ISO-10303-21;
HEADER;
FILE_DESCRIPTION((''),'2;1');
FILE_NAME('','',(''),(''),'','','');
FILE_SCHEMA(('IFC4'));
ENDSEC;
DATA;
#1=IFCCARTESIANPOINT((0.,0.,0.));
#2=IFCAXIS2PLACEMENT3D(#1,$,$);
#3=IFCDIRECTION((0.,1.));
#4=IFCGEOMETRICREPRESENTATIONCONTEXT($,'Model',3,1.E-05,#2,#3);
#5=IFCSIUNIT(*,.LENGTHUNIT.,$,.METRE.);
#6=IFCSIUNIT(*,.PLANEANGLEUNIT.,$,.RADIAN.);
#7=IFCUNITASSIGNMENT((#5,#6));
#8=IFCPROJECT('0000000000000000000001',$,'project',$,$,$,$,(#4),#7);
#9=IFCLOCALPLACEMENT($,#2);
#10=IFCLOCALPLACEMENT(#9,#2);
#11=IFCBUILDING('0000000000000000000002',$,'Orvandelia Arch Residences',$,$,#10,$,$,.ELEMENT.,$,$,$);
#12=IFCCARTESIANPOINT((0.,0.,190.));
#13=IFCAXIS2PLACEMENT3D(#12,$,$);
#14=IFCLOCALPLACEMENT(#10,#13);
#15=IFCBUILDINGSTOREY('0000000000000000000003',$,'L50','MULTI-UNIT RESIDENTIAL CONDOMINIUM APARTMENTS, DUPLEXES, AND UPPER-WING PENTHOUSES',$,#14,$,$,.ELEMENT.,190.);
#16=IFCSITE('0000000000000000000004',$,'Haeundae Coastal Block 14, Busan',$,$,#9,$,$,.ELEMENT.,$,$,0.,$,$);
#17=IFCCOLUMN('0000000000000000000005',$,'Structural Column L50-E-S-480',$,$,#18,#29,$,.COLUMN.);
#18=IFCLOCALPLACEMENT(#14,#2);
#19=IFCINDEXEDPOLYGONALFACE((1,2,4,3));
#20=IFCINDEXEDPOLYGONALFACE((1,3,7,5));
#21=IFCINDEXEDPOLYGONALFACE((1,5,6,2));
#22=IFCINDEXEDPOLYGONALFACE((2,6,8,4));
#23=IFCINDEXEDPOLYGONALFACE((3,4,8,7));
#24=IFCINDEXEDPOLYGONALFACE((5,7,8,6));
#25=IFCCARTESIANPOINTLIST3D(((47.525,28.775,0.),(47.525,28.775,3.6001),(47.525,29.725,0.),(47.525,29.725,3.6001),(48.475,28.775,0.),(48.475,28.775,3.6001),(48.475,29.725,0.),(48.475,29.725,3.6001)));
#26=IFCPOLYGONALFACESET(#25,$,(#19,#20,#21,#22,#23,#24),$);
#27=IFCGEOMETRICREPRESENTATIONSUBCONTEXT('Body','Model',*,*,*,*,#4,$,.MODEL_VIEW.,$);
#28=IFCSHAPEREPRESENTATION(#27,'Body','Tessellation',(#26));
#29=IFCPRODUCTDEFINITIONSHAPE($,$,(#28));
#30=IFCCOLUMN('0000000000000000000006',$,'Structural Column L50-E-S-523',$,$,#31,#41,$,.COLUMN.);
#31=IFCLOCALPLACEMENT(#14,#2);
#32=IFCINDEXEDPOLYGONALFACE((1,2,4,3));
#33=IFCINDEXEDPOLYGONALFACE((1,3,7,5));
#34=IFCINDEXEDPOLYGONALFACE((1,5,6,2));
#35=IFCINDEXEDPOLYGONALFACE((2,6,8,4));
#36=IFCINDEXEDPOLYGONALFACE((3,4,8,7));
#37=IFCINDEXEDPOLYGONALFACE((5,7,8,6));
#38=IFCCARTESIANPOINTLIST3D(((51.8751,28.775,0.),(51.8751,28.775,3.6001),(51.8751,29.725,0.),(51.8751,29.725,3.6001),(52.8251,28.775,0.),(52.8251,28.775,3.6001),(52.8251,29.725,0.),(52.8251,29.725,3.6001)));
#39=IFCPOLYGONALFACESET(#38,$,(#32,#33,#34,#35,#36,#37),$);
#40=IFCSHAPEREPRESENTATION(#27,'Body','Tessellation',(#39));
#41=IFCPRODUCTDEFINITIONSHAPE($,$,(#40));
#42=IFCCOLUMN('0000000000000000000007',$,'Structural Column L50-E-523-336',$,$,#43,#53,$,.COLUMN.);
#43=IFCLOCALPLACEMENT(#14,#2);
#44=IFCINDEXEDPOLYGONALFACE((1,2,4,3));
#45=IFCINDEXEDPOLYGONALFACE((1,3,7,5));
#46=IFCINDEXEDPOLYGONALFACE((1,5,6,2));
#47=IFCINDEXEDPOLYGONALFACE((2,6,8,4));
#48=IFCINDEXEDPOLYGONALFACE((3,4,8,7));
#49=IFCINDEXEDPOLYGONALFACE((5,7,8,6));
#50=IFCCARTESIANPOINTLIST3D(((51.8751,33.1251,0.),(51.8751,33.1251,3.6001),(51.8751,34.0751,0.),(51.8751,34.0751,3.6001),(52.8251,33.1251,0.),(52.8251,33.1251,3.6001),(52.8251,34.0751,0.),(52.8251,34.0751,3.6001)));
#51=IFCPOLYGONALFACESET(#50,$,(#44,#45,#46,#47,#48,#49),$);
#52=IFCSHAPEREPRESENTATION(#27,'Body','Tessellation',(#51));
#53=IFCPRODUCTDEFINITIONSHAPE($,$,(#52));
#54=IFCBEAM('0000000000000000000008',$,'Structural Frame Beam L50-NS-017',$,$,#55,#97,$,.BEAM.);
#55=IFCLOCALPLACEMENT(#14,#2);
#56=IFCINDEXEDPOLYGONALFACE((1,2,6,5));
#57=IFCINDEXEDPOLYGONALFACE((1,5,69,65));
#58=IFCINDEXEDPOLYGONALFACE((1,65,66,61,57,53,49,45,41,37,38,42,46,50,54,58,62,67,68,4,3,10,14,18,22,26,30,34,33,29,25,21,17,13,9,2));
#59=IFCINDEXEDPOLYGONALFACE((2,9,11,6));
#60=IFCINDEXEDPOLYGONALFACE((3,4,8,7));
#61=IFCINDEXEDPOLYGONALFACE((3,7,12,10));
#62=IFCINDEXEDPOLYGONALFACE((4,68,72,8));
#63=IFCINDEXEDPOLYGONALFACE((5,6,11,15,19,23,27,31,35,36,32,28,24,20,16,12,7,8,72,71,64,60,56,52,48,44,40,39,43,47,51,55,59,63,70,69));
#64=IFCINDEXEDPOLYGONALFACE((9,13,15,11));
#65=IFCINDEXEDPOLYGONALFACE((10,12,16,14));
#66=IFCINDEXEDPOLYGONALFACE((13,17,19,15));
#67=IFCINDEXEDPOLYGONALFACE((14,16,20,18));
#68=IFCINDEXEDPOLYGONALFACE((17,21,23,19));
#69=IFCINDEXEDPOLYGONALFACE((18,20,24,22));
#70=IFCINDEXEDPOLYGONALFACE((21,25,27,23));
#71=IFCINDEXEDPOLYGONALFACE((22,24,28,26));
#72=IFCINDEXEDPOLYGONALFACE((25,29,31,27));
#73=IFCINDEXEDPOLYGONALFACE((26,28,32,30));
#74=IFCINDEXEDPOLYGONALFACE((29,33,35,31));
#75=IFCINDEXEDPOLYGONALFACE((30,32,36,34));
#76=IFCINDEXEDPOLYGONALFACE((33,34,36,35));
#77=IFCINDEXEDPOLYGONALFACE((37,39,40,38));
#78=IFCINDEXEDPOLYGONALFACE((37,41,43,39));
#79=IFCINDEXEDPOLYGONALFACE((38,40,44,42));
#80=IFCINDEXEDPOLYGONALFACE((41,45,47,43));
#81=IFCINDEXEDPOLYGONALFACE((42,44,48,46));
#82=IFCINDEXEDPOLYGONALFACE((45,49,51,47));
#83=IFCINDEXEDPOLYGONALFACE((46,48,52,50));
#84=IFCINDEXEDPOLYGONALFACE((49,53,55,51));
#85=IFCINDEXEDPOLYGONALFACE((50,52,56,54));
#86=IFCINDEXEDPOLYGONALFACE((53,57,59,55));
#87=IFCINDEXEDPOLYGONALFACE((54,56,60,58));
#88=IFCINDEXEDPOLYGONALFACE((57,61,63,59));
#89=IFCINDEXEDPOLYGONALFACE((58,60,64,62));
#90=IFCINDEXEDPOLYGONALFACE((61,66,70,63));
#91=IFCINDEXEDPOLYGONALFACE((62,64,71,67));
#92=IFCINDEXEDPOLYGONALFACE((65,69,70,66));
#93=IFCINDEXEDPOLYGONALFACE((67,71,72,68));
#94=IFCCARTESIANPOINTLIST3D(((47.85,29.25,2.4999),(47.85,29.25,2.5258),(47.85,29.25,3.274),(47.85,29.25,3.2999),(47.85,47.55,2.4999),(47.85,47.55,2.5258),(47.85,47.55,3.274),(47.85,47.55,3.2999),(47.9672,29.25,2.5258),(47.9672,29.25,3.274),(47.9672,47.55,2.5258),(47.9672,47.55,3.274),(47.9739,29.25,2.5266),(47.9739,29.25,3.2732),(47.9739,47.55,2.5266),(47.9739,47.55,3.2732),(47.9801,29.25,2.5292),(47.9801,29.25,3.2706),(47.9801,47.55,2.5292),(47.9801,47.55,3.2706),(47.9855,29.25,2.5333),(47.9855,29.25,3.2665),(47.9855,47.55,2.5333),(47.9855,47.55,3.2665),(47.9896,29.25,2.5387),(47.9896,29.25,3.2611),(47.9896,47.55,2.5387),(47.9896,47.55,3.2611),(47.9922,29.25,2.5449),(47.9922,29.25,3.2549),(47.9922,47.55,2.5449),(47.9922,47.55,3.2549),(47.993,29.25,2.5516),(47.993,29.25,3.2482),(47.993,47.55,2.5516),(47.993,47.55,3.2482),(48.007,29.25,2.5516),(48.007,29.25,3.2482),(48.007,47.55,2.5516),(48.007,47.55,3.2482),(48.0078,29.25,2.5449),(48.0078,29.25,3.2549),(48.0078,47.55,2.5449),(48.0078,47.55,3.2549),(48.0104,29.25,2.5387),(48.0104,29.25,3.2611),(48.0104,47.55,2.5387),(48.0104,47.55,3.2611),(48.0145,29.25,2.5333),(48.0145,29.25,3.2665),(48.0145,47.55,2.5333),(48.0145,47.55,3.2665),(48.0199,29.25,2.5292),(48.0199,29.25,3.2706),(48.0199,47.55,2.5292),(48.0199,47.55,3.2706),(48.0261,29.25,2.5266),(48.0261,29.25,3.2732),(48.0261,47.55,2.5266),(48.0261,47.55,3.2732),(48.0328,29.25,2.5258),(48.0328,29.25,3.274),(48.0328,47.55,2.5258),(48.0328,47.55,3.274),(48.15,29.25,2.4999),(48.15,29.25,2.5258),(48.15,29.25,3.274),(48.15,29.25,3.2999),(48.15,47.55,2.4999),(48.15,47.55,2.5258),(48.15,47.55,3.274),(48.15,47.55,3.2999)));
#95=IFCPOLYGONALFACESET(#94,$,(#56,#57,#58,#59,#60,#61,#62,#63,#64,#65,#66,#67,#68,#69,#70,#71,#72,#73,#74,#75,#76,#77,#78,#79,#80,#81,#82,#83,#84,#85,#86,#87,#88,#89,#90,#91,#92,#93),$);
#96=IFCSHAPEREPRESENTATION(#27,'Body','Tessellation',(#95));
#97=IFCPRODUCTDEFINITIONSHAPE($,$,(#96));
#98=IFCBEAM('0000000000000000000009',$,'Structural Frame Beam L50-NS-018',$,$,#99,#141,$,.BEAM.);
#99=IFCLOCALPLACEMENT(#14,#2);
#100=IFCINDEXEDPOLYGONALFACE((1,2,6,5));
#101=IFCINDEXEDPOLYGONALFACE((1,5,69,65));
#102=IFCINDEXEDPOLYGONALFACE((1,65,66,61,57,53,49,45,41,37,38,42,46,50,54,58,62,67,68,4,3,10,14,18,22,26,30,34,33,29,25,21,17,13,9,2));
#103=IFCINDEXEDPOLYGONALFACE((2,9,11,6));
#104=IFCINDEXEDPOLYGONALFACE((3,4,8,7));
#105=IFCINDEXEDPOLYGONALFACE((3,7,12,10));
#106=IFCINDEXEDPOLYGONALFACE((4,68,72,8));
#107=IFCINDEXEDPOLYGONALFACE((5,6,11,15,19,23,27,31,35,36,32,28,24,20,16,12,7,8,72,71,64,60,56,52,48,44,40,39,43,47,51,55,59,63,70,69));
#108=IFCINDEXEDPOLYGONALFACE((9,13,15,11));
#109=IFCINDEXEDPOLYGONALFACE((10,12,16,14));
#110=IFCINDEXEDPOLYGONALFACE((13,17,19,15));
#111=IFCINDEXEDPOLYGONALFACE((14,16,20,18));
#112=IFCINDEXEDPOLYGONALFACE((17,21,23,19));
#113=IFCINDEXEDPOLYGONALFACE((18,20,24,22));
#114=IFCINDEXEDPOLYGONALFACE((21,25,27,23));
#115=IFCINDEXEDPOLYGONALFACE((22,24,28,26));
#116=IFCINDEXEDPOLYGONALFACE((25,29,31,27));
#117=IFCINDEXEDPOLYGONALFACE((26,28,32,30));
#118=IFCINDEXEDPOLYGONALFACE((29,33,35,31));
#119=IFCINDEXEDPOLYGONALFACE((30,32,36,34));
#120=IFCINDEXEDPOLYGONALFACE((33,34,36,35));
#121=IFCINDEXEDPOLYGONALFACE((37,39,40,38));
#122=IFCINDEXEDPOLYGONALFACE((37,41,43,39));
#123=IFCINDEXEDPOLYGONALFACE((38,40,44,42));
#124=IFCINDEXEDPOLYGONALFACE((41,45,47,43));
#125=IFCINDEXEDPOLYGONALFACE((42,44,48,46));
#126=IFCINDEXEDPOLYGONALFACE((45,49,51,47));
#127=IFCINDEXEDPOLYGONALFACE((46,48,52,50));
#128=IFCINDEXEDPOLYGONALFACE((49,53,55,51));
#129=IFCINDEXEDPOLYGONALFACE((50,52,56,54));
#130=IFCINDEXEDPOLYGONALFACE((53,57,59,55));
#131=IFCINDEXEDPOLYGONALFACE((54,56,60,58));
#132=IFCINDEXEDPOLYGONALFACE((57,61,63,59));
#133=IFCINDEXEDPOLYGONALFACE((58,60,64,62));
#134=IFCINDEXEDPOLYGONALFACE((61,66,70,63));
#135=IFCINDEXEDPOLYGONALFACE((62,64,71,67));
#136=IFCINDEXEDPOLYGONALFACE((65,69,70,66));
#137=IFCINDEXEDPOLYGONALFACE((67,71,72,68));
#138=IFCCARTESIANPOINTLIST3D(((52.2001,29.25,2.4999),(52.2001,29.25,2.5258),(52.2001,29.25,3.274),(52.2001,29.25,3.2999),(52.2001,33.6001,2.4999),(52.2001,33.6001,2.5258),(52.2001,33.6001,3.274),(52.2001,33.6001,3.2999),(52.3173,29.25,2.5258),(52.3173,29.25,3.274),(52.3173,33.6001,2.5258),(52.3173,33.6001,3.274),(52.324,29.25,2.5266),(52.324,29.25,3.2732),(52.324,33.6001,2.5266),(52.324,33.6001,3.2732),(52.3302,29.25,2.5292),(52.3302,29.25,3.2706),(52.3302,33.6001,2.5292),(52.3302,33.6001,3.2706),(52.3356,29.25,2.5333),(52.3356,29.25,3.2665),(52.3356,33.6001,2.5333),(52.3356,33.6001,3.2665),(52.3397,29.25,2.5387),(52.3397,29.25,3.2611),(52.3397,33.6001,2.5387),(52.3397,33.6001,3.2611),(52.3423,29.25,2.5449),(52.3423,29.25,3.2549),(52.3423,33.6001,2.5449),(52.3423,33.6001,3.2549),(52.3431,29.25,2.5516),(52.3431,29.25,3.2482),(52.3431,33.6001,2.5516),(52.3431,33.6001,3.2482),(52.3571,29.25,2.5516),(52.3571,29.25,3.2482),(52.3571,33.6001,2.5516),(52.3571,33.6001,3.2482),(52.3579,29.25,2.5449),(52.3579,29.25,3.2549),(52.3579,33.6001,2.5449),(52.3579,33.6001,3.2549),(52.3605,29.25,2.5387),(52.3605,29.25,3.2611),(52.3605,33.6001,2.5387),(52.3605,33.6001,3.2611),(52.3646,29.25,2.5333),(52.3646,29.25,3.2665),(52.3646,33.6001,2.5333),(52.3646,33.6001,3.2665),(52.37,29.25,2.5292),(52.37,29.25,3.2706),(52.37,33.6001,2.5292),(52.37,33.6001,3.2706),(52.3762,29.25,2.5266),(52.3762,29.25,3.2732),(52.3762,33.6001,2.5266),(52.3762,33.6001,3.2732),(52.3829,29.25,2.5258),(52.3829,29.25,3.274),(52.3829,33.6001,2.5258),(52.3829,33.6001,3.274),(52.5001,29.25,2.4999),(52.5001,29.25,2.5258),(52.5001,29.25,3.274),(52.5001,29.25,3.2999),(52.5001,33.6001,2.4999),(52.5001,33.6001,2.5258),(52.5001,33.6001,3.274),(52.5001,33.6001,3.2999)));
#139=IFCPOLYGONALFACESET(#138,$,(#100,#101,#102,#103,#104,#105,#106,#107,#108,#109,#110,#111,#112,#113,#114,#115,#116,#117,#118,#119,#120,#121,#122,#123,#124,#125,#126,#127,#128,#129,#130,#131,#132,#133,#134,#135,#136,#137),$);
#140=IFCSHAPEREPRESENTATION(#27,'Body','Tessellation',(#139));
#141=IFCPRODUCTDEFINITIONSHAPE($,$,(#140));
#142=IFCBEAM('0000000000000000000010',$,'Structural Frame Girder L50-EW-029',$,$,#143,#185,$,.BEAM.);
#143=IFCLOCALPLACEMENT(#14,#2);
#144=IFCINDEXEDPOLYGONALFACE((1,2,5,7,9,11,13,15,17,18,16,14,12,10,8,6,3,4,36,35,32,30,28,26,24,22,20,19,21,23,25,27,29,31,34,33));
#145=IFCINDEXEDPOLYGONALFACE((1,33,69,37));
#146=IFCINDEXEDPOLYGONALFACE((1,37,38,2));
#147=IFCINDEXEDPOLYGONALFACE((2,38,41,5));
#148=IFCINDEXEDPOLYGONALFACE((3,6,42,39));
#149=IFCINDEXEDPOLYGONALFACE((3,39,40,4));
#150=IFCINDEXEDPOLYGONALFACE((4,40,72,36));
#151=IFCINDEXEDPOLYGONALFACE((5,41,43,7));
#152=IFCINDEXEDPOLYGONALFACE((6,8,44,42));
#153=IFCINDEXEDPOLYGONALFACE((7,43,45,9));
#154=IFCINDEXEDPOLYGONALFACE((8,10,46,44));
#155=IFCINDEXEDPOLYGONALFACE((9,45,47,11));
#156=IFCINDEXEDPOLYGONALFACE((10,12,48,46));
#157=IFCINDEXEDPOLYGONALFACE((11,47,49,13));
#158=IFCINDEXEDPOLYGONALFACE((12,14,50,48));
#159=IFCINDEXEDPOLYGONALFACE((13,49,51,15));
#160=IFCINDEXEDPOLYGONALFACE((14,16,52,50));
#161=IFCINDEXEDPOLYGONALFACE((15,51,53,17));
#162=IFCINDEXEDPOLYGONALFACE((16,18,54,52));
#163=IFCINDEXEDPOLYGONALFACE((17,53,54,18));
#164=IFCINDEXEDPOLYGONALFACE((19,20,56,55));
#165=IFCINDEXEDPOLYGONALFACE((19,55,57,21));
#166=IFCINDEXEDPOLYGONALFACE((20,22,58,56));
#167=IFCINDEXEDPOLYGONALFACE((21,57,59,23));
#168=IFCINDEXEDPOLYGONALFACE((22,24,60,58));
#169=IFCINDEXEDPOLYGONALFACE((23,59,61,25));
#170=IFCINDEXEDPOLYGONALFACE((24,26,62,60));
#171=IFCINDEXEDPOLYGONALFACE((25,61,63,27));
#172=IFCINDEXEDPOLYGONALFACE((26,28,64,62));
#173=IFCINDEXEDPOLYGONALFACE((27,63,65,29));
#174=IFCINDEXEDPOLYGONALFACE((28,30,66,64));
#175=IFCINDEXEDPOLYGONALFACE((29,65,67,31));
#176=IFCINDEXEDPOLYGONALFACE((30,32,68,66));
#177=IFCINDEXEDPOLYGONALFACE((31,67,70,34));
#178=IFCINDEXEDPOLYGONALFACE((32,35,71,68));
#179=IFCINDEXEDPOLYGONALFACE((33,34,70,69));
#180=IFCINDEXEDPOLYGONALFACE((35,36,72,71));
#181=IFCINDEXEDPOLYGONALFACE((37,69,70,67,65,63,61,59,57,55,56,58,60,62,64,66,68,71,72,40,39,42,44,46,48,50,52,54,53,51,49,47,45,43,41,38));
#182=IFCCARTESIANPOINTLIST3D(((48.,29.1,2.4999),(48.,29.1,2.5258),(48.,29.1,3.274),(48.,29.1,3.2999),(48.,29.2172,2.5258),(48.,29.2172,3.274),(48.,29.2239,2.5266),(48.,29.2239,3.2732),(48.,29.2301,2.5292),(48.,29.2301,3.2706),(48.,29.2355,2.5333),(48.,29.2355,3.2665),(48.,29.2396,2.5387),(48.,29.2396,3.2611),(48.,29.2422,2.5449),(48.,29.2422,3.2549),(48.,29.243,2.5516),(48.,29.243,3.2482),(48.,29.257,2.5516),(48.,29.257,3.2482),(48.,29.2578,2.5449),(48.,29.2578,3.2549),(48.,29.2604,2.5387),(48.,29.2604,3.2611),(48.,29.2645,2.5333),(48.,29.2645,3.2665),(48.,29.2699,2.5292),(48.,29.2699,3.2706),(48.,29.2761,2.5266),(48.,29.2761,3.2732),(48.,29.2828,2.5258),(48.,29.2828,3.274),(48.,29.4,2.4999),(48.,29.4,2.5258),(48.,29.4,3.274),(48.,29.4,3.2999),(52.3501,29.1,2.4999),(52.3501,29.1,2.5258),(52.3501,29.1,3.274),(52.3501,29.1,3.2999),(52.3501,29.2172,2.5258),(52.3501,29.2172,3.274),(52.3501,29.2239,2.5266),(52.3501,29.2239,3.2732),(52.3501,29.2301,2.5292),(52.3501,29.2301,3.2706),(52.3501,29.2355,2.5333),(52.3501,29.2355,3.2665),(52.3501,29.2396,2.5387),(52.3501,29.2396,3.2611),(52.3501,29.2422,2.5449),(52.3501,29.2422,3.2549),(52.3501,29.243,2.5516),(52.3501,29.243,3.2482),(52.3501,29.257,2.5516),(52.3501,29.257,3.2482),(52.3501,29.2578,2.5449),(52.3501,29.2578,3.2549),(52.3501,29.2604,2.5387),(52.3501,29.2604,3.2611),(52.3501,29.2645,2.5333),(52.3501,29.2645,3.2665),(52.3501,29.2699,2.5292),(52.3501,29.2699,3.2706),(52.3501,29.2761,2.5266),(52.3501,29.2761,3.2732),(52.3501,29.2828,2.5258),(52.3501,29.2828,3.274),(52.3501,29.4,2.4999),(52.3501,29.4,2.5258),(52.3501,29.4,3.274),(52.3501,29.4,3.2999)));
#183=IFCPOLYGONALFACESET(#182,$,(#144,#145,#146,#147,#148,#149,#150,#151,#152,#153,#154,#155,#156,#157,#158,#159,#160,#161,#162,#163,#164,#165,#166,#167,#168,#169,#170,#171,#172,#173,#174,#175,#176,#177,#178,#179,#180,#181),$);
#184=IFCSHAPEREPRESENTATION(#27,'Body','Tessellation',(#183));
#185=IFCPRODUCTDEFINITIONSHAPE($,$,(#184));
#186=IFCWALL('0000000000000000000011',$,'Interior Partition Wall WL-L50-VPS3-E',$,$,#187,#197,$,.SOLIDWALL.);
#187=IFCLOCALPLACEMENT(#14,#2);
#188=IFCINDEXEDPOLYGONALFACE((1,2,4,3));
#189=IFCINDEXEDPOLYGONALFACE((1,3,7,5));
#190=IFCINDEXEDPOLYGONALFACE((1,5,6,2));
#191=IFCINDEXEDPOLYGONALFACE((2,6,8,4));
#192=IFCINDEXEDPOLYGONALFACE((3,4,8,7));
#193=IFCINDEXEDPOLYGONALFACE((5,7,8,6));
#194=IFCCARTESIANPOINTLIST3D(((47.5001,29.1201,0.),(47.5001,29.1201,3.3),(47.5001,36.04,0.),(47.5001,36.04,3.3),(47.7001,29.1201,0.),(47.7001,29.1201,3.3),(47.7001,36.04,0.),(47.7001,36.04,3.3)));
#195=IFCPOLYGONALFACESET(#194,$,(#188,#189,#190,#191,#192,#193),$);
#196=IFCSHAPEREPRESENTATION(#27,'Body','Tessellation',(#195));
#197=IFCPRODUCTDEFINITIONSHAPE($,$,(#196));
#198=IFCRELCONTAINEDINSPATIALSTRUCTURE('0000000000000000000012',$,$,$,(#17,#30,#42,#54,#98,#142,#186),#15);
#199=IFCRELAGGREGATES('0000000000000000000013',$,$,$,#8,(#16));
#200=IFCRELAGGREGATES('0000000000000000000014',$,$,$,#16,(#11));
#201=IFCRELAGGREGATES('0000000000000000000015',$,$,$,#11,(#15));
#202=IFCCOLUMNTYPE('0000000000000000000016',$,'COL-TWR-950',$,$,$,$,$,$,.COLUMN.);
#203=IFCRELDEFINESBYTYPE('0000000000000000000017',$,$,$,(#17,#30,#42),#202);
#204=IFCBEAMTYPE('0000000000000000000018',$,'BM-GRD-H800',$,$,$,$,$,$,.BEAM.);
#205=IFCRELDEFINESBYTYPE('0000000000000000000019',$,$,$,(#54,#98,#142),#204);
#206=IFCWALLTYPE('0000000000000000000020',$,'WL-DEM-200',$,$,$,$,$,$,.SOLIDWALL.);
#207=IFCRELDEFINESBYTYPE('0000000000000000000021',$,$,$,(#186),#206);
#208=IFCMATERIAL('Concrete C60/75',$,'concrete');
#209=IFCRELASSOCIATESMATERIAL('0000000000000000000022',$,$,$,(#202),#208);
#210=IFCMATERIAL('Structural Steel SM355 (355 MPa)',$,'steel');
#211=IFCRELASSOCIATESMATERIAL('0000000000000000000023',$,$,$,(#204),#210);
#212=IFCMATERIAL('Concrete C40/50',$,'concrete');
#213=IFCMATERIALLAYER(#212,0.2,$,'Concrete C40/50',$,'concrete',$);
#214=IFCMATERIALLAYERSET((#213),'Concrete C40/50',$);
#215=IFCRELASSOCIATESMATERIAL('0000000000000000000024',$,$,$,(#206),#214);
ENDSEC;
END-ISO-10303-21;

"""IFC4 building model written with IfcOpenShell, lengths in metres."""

from ifc_helpers import new_model, si_unit, direction, frame, frame_2d, origin, origin_2d, place, context, subcontext, project, spatial, rectangle, i_section, extrude, material, layer, layer_set, material_profile, profile_set, type_object, element, save


model = new_model("IFC4")

# Units and contexts
model_context = context("Model", 3, precision=1e-05, world=origin(), true_north=direction((0.0, 1.0)))
body_context = subcontext(model_context, "Body", "Model", "MODEL_VIEW")
ifc_project = project(units=[si_unit("LENGTHUNIT", "METRE"), si_unit("PLANEANGLEUNIT", "RADIAN")], contexts=[model_context])

# Site, building, storey
site_placement = place(None, origin())
site = spatial("IfcSite", under=ifc_project, at=site_placement, Name="Haeundae Coastal Block 14, Busan", CompositionType="ELEMENT", RefElevation=0.0)
building_placement = place(site_placement, origin())
building = spatial("IfcBuilding", under=site, at=building_placement, Name="Orvandelia Arch Residences", CompositionType="ELEMENT")
storey_placement = place(building_placement, frame((0.0, 0.0, 190.0)))
storey = spatial("IfcBuildingStorey", under=building, at=storey_placement, Name="L50", Description="MULTI-UNIT RESIDENTIAL CONDOMINIUM APARTMENTS, DUPLEXES, AND UPPER-WING PENTHOUSES", CompositionType="ELEMENT", Elevation=190.0)

# Columns
ifc_material_1 = material(Name="Concrete C60/75", Category="concrete")
ifc_material_profile_1 = material_profile(ifc_material_1, rectangle(XDim=0.95, YDim=0.95, at=origin_2d()), Name="Concrete C60/75", Category="concrete")
ifc_profile_set_1 = profile_set([ifc_material_profile_1], Name="Concrete C60/75")
column_type = type_object("IfcColumnType", Name="COL-TWR-950", PredefinedType="COLUMN", material=ifc_profile_set_1)
for number, where, z_axis, x_axis, name in (
    (1, (48.0, 29.25, 0.0), (0.0, 0.0, 1.0), (1.0, 0.0, 0.0), "Structural Column L50-E-S-480"),
    (2, (52.3501, 29.25, 0.0), (0.0, 0.0, 1.0), (1.0, 0.0, 0.0), "Structural Column L50-E-S-523"),
    (3, (52.3501, 33.6001, 0.0), (0.0, 0.0, 1.0), (1.0, 0.0, 0.0), "Structural Column L50-E-523-336"),
):
    element("IfcColumn", number, at=place(storey_placement, frame(where, z_axis=z_axis, x_axis=x_axis)), inside=storey, type_object=column_type, Name=name, PredefinedType="COLUMN", context=body_context, shape_type="SweptSolid", body=[
        extrude(rectangle(XDim=0.95, YDim=0.95, at=origin_2d()), origin(), (0.0, 0.0, 1.0), 3.6001),
    ])

# Beams
ifc_material_2 = material(Name="Structural Steel SM355 (355 MPa)", Category="steel")
ifc_material_profile_2 = material_profile(ifc_material_2, i_section(OverallWidth=0.3, OverallDepth=0.8, WebThickness=0.0139, FlangeThickness=0.0259, FilletRadius=0.0259, at=origin_2d()), Name="Structural Steel SM355 (355 MPa)", Category="steel")
ifc_profile_set_2 = profile_set([ifc_material_profile_2], Name="Structural Steel SM355 (355 MPa)")
beam_type = type_object("IfcBeamType", Name="BM-GRD-H800", PredefinedType="BEAM", material=ifc_profile_set_2)
beam_placement = place(storey_placement, frame((48.0, 29.25, 2.8999), z_axis=(0.0, 1.0, 0.0), x_axis=(-1.0, 0.0, 0.0)))
element("IfcBeam", 4, at=beam_placement, inside=storey, type_object=beam_type, Name="Structural Frame Beam L50-NS-017", PredefinedType="BEAM", context=body_context, shape_type="SweptSolid", body=[
    extrude(i_section(OverallWidth=0.3, OverallDepth=0.8, WebThickness=0.0139, FlangeThickness=0.0259, FilletRadius=0.0259, at=origin_2d()), origin(), (0.0, 0.0, 1.0), 18.3),
])
for number, where, z_axis, x_axis, name in (
    (5, (52.3501, 29.25, 2.8999), (0.0, 1.0, 0.0), (-1.0, 0.0, 0.0), "Structural Frame Beam L50-NS-018"),
    (6, (48.0, 29.25, 2.8999), (1.0, 0.0, 0.0), (0.0, 1.0, 0.0), "Structural Frame Girder L50-EW-029"),
):
    element("IfcBeam", number, at=place(storey_placement, frame(where, z_axis=z_axis, x_axis=x_axis)), inside=storey, type_object=beam_type, Name=name, PredefinedType="BEAM", context=body_context, shape_type="SweptSolid", body=[
        extrude(i_section(OverallWidth=0.3, OverallDepth=0.8, WebThickness=0.0139, FlangeThickness=0.0259, FilletRadius=0.0259, at=origin_2d()), origin(), (0.0, 0.0, 1.0), 4.3501),
    ])

# Wall
ifc_material_3 = material(Name="Concrete C40/50", Category="concrete")
ifc_layer_1 = layer(ifc_material_3, 0.2, Name="Concrete C40/50", Category="concrete")
ifc_layer_set_1 = layer_set([ifc_layer_1], Name="Concrete C40/50")
wall_type_1 = type_object("IfcWallType", Name="WL-DEM-200", PredefinedType="SOLIDWALL", material=ifc_layer_set_1)
wall_1_placement = place(storey_placement, frame((47.6001, 29.1201, 0.0), z_axis=(0.0, 0.0, 1.0), x_axis=(0.0, 1.0, 0.0)))
element("IfcWall", 7, at=wall_1_placement, inside=storey, type_object=wall_type_1, Name="Interior Partition Wall WL-L50-VPS3-E", PredefinedType="SOLIDWALL", context=body_context, shape_type="SweptSolid", body=[
    extrude(rectangle(XDim=6.9199, YDim=0.2, at=frame_2d((3.46, 0.0))), origin(), (0.0, 0.0, 1.0), 3.3),
])

save(model, "model.ifc")
